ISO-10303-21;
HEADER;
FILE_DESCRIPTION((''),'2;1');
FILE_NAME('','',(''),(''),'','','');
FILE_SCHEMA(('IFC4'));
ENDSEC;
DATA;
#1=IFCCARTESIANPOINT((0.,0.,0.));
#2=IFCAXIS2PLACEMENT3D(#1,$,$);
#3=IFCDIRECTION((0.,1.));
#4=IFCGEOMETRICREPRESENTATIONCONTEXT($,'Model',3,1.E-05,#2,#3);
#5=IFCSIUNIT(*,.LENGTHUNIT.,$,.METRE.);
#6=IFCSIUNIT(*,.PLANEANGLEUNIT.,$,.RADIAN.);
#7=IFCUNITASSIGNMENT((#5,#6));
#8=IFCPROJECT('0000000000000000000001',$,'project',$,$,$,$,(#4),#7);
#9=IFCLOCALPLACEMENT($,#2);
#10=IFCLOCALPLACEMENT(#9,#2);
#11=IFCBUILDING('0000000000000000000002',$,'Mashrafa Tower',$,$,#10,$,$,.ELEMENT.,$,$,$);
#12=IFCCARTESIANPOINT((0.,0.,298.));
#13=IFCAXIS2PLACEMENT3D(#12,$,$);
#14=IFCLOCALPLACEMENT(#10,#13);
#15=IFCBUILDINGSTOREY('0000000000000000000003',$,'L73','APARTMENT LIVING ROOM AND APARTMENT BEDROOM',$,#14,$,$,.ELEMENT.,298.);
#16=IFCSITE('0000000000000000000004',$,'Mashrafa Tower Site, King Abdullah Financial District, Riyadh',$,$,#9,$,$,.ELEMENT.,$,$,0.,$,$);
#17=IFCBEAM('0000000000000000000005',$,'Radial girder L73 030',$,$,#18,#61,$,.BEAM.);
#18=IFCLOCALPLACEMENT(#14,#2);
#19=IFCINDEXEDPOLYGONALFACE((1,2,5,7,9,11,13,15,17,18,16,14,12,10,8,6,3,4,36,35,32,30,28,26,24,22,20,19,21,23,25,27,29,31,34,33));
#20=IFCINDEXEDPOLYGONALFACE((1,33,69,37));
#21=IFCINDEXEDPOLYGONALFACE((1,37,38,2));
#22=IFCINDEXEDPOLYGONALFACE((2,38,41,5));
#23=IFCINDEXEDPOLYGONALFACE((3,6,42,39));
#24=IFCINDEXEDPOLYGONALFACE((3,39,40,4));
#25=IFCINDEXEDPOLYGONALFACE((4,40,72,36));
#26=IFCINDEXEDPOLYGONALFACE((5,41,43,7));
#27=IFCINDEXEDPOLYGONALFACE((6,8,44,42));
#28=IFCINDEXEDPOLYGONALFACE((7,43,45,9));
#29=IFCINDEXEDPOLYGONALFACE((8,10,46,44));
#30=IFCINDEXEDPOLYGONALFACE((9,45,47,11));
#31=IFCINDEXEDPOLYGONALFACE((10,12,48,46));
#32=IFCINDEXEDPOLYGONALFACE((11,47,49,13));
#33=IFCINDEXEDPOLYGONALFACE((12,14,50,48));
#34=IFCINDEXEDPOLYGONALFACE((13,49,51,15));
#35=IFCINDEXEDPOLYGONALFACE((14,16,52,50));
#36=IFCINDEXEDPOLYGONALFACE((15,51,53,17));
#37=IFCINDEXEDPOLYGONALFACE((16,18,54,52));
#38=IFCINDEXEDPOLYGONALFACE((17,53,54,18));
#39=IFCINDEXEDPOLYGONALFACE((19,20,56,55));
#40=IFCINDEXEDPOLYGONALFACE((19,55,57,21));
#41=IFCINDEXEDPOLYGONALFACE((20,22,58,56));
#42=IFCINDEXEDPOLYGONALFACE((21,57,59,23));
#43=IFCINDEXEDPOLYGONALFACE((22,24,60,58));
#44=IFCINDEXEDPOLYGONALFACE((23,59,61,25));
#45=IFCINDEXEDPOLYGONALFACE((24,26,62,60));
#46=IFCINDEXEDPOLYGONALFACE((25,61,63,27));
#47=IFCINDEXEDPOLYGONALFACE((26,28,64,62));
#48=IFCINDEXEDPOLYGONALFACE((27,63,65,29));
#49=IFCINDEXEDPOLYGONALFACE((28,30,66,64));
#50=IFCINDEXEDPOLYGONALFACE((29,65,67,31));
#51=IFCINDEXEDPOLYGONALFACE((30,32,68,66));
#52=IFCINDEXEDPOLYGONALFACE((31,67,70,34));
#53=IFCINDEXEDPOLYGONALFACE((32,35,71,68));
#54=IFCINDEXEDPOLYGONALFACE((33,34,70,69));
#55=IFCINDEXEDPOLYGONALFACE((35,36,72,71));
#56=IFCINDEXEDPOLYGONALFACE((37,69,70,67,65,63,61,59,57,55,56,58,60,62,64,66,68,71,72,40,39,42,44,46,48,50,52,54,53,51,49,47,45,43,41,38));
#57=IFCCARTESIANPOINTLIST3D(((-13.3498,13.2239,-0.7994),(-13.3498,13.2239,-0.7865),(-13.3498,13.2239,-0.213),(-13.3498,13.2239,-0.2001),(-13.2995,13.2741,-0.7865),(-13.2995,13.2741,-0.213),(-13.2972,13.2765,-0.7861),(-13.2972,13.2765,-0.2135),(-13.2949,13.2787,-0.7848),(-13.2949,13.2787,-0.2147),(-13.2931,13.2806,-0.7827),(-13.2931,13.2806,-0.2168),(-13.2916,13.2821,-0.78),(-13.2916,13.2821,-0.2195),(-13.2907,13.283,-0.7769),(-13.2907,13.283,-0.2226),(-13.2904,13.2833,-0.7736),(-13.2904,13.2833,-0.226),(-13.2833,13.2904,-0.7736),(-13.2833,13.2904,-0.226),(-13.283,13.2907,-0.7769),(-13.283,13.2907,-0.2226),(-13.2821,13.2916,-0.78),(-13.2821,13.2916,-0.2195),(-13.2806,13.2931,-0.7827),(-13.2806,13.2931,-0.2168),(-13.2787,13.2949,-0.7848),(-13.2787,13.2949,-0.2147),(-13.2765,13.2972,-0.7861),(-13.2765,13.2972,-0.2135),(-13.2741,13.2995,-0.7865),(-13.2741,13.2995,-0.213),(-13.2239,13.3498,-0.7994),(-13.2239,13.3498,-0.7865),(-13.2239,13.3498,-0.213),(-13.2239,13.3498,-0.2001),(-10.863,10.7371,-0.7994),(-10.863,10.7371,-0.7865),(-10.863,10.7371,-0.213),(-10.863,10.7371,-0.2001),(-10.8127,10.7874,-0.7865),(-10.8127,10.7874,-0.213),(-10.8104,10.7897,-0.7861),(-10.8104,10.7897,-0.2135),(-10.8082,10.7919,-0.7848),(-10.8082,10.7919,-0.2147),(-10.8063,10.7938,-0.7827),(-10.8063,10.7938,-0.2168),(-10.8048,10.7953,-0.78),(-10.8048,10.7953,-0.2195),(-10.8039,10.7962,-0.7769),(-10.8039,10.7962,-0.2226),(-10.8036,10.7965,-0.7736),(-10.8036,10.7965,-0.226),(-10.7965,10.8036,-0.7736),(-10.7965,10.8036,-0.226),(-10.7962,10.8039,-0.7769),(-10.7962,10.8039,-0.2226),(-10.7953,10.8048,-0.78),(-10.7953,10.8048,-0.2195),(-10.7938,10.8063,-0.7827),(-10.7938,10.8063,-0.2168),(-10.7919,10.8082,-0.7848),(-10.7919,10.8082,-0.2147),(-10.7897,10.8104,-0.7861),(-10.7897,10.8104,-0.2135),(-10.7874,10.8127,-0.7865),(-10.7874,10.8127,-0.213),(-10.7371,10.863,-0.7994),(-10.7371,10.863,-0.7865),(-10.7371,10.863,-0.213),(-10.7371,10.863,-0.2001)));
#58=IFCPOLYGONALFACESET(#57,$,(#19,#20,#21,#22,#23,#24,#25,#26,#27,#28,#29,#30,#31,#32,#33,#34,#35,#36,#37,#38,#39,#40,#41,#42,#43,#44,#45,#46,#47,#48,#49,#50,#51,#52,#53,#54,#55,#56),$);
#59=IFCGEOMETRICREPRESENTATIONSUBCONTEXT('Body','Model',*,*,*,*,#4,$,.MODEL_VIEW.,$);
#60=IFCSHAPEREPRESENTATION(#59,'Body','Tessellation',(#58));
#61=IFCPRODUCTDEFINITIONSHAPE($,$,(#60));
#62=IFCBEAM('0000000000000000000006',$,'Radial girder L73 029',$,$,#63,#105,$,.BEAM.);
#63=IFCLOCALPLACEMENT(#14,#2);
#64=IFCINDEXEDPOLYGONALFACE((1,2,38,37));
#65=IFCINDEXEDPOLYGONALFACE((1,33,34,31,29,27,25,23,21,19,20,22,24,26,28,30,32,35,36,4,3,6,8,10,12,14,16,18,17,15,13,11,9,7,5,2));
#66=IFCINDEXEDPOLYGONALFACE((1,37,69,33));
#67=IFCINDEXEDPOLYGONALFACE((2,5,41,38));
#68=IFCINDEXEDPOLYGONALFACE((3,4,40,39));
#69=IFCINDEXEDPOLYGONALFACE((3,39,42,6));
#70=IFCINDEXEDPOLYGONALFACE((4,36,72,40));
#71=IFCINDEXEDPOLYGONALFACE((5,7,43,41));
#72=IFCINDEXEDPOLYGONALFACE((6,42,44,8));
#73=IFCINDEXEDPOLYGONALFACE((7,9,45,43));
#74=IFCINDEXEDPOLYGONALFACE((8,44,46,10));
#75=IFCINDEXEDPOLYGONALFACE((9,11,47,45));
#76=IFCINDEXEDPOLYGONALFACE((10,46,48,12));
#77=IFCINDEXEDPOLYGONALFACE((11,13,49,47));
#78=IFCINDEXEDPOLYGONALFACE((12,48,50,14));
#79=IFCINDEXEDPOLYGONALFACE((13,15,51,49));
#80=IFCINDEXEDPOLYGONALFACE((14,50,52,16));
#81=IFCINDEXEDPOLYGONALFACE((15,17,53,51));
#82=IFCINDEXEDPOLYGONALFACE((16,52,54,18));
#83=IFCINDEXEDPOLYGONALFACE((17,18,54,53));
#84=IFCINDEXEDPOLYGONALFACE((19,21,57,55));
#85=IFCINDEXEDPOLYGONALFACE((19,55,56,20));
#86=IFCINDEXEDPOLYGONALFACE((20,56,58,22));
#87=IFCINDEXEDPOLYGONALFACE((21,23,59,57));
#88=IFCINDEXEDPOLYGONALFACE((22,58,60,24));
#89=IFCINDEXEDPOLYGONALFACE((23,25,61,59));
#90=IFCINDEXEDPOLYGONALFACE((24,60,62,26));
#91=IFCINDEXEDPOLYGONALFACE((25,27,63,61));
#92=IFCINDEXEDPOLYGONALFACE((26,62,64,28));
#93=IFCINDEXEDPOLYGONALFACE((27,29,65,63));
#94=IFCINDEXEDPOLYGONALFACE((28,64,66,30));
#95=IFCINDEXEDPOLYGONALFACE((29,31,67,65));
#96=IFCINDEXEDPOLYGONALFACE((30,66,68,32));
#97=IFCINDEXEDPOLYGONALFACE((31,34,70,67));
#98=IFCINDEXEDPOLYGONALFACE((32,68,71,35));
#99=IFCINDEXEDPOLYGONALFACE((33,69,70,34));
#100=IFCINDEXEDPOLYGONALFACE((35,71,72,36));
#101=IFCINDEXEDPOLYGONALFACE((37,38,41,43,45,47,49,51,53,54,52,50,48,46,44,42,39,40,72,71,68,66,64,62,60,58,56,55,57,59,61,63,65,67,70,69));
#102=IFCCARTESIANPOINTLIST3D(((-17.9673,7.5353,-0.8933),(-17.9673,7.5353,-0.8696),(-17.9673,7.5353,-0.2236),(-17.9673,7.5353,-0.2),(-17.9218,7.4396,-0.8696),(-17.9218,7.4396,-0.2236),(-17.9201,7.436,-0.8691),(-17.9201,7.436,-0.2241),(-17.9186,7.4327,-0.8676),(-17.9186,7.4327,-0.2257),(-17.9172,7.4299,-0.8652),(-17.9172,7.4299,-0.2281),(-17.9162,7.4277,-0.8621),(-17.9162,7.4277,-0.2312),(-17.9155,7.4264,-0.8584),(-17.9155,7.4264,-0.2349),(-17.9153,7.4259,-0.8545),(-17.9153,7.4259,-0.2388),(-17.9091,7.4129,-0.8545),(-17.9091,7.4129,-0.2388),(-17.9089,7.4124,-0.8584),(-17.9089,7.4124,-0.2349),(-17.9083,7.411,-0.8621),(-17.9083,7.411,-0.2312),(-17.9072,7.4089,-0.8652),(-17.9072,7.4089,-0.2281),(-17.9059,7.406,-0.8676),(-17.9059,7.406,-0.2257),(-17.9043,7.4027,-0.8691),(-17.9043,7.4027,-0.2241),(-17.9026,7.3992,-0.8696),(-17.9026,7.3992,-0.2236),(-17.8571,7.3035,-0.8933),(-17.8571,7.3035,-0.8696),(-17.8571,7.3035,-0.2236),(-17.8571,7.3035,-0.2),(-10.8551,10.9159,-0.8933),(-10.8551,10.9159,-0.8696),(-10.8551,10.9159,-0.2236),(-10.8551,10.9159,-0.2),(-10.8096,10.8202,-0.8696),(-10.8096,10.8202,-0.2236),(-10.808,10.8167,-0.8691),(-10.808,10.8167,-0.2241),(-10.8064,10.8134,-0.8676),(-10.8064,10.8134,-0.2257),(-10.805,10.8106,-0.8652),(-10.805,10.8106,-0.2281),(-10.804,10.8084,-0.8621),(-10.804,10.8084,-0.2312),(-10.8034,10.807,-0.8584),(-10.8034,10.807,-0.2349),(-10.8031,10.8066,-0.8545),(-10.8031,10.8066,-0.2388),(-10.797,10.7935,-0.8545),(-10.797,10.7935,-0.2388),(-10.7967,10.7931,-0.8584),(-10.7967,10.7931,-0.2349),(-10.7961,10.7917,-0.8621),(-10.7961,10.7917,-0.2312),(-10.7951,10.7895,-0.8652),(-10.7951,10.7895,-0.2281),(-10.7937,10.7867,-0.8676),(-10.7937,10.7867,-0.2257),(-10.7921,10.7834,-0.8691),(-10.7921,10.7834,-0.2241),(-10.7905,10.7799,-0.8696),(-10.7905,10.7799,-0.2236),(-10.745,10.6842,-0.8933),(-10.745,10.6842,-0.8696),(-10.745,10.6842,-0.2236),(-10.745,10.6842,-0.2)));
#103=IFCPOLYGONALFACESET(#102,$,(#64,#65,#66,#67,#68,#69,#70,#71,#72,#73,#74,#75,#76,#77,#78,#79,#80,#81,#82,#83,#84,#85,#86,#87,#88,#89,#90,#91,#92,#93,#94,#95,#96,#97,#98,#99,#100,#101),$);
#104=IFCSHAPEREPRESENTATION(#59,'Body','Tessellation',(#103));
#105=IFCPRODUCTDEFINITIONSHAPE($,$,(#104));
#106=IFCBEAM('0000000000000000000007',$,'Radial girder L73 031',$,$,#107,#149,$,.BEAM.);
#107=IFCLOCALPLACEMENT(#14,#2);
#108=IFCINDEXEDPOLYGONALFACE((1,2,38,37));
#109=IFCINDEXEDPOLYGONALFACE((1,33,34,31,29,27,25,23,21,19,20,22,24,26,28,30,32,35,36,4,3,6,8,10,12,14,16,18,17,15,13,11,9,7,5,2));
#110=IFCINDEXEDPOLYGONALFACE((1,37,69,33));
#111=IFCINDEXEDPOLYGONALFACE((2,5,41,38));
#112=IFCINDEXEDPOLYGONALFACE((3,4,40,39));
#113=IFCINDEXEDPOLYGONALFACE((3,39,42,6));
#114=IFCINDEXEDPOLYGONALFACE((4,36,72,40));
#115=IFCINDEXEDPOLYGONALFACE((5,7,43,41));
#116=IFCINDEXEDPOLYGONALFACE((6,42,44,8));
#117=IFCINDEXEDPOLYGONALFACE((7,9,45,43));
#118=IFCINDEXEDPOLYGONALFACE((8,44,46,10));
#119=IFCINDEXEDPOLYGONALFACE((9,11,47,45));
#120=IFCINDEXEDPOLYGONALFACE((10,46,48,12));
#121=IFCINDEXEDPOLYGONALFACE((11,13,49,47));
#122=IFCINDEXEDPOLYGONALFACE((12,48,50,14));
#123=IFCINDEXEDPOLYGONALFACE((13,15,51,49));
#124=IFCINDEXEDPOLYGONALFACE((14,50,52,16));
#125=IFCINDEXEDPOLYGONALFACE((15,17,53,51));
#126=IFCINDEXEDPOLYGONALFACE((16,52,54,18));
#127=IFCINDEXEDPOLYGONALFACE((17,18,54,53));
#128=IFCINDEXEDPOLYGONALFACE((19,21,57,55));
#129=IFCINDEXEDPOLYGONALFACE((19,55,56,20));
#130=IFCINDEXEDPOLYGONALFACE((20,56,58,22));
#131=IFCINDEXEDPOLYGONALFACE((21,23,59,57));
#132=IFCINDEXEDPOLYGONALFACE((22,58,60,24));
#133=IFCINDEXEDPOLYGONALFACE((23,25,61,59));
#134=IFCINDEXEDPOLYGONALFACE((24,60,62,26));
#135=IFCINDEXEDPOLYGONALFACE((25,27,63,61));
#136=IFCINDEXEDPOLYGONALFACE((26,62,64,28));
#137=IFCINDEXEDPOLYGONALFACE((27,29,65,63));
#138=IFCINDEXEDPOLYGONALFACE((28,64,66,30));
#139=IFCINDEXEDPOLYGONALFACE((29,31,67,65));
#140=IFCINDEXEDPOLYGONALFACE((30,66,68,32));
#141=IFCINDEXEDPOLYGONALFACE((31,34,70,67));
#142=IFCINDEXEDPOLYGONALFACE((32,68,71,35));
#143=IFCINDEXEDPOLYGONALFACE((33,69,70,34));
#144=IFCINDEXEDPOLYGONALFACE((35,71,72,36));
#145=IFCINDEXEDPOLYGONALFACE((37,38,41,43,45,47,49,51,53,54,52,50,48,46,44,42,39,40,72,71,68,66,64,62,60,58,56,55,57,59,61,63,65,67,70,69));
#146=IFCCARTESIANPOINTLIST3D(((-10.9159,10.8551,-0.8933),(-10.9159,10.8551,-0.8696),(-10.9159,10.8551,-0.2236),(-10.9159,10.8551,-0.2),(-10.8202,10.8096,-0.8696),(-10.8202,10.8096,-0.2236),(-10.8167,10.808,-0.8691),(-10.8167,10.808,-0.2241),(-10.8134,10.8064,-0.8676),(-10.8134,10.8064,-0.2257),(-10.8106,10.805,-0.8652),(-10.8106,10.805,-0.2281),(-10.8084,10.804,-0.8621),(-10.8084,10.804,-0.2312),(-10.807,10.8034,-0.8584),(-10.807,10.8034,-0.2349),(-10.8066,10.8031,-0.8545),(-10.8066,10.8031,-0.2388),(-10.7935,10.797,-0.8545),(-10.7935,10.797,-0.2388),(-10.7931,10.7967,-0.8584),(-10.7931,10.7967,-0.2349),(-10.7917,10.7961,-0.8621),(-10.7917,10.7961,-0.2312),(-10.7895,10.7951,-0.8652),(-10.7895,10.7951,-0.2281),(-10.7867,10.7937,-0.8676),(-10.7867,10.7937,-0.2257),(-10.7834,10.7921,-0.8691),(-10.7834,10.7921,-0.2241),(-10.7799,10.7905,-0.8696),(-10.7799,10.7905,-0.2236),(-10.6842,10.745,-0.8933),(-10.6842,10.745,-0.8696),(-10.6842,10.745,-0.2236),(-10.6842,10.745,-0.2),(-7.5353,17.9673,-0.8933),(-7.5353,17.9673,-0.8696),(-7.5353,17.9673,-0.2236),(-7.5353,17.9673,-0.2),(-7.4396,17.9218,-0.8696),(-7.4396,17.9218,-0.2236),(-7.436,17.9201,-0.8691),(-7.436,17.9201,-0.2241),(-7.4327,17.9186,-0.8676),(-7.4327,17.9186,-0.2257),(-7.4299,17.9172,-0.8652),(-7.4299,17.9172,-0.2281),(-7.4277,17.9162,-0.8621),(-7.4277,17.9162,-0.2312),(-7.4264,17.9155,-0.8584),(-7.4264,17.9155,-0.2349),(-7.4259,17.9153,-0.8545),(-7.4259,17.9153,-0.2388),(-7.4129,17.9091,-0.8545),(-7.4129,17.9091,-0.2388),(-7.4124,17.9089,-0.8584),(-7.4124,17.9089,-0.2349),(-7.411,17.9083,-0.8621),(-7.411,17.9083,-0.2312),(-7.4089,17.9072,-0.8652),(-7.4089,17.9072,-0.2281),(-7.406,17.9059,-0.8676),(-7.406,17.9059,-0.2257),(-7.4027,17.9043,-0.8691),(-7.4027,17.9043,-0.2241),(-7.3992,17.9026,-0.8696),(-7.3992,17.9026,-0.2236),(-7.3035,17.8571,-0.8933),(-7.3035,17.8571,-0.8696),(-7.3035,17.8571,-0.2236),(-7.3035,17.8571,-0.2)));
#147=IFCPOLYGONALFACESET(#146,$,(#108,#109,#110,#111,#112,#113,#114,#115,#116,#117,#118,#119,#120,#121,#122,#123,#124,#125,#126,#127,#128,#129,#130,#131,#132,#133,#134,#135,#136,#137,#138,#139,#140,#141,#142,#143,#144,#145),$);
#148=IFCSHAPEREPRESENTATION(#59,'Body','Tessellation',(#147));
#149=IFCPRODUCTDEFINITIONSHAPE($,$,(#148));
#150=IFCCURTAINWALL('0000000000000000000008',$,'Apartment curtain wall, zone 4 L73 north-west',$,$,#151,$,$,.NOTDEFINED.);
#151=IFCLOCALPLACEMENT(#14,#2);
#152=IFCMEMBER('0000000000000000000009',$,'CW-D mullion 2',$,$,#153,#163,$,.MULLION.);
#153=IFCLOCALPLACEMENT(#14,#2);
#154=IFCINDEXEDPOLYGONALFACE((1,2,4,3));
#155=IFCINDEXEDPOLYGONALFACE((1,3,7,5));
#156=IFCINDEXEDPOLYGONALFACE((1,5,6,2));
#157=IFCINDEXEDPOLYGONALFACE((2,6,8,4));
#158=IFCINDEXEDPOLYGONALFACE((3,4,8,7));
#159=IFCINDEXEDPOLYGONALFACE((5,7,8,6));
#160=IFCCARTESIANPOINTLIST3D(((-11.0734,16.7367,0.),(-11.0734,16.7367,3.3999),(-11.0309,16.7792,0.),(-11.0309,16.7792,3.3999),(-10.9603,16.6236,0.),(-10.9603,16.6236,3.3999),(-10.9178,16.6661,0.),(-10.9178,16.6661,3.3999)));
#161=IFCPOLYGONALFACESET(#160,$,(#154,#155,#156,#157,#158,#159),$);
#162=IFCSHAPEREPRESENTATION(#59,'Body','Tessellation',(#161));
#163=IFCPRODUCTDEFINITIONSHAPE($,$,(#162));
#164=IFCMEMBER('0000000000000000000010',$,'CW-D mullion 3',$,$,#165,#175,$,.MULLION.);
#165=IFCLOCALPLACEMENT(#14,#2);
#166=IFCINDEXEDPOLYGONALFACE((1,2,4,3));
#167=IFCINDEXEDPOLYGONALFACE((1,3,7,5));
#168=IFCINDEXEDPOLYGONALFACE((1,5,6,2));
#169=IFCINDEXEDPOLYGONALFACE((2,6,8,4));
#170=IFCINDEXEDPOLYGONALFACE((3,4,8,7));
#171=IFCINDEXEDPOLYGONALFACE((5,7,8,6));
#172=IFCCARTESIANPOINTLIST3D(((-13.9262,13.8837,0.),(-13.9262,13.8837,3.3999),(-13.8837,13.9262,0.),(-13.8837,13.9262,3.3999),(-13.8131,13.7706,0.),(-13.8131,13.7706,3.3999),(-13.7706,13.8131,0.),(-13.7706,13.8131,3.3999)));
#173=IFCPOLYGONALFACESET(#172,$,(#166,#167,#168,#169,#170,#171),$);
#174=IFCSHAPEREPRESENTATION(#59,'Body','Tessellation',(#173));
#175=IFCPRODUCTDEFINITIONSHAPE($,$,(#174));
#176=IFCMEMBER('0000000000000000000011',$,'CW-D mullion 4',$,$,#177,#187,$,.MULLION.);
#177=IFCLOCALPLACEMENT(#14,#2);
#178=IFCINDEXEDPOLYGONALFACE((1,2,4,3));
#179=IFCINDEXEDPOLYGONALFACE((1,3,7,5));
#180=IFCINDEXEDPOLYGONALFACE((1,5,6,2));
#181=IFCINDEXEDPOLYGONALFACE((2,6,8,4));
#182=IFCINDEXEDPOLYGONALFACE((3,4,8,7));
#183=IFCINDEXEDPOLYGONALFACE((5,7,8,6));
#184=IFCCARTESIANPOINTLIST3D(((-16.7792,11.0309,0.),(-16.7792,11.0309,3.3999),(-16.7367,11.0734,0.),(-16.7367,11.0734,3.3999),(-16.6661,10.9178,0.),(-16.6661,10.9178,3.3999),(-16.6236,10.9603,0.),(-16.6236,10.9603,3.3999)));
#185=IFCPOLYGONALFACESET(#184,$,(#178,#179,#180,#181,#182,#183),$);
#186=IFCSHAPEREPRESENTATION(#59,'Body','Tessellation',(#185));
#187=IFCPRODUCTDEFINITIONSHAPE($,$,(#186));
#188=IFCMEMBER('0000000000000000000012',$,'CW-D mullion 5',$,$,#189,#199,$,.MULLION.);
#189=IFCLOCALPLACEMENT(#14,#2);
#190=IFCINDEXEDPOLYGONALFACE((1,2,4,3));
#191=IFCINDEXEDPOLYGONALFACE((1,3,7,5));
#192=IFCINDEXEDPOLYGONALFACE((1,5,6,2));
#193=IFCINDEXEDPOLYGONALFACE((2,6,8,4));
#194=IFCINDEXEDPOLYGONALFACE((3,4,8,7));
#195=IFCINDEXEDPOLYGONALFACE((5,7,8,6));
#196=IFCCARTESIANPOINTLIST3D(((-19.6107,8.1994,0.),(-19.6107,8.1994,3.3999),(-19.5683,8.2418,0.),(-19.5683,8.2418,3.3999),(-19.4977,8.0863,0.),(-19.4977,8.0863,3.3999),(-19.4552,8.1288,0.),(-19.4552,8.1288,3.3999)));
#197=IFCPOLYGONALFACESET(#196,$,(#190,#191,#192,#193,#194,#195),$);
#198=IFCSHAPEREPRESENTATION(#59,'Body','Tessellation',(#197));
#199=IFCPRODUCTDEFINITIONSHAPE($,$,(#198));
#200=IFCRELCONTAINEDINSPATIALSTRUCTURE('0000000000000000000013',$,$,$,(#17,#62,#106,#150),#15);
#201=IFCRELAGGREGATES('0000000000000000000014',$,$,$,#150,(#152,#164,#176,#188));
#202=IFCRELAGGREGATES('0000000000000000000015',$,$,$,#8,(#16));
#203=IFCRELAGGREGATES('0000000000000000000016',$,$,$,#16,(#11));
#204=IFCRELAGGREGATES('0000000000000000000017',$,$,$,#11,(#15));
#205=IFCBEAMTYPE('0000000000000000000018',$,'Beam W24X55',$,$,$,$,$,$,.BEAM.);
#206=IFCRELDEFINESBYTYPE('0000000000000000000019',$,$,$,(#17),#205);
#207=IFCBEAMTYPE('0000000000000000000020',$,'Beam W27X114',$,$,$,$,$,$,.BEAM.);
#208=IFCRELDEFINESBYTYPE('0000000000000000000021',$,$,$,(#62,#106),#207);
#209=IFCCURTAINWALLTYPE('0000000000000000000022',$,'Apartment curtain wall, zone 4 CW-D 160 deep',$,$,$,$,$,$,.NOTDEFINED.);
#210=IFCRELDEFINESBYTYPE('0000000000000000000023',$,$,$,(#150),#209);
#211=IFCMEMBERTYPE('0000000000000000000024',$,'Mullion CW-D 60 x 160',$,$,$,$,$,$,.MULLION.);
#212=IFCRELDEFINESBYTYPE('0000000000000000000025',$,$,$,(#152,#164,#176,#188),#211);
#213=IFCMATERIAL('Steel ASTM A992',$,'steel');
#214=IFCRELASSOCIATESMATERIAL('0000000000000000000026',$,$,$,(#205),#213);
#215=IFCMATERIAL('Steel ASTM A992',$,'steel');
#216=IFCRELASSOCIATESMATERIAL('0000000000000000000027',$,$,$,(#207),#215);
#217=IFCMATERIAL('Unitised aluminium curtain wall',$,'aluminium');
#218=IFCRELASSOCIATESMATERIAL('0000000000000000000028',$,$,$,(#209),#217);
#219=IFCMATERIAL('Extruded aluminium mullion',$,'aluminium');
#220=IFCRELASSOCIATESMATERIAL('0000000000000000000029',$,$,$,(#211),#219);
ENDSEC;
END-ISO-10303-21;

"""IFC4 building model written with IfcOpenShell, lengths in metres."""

from ifc_helpers import new_model, si_unit, direction, frame, origin, origin_2d, place, context, subcontext, project, spatial, rectangle, i_section, extrude, source, transform, mapped, material, material_profile, profile_set, type_object, type_shapes, element, aggregate, save


model = new_model("IFC4")

# Units and contexts
model_context = context("Model", 3, precision=1e-05, world=origin(), true_north=direction((0.0, 1.0)))
body_context = subcontext(model_context, "Body", "Model", "MODEL_VIEW")
ifc_project = project(units=[si_unit("LENGTHUNIT", "METRE"), si_unit("PLANEANGLEUNIT", "RADIAN")], contexts=[model_context])

# Site, building, storey
site_placement = place(None, origin())
site = spatial("IfcSite", under=ifc_project, at=site_placement, Name="Mashrafa Tower Site, King Abdullah Financial District, Riyadh", CompositionType="ELEMENT", RefElevation=0.0)
building_placement = place(site_placement, origin())
building = spatial("IfcBuilding", under=site, at=building_placement, Name="Mashrafa Tower", CompositionType="ELEMENT")
storey_placement = place(building_placement, frame((0.0, 0.0, 298.0)))
storey = spatial("IfcBuildingStorey", under=building, at=storey_placement, Name="L73", Description="APARTMENT LIVING ROOM AND APARTMENT BEDROOM", CompositionType="ELEMENT", Elevation=298.0)

# Beams
ifc_material_1 = material(Name="Steel ASTM A992", Category="steel")
ifc_material_profile_1 = material_profile(ifc_material_1, i_section(OverallWidth=0.178, OverallDepth=0.5994, WebThickness=0.01, FlangeThickness=0.0129, FilletRadius=0.0129, at=origin_2d()), Name="W24X55")
ifc_profile_set_1 = profile_set([ifc_material_profile_1], Name="Steel ASTM A992")
beam_type_1 = type_object("IfcBeamType", Name="Beam W24X55", PredefinedType="BEAM", material=ifc_profile_set_1)
beam_1_placement = place(storey_placement, frame((-10.8, 10.8, -0.4998), z_axis=(-0.707107, 0.707107, 0.0), x_axis=(-0.707107, -0.707107, 0.0)))
element("IfcBeam", 1, at=beam_1_placement, inside=storey, type_object=beam_type_1, Name="Radial girder L73 030", PredefinedType="BEAM", context=body_context, shape_type="SweptSolid", body=[
    extrude(i_section(OverallWidth=0.178, OverallDepth=0.5994, WebThickness=0.01, FlangeThickness=0.0129, FilletRadius=0.0129, at=origin_2d()), origin(), (0.0, 0.0, 1.0), 3.5168),
])
ifc_material_2 = material(Name="Steel ASTM A992", Category="steel")
ifc_material_profile_2 = material_profile(ifc_material_2, i_section(OverallWidth=0.2566, OverallDepth=0.6934, WebThickness=0.0144, FlangeThickness=0.0237, FilletRadius=0.0151, at=origin_2d()), Name="W27X114")
ifc_profile_set_2 = profile_set([ifc_material_profile_2], Name="Steel ASTM A992")
beam_type_2 = type_object("IfcBeamType", Name="Beam W27X114", PredefinedType="BEAM", material=ifc_profile_set_2)
for number, where, z_axis, x_axis, name in (
    (2, (-10.8, 10.8, -0.5466), (-0.90316, -0.429304, 0.0), (0.429304, -0.90316, 0.0), "Radial girder L73 029"),
    (3, (-10.8, 10.8, -0.5466), (0.429304, 0.90316, 0.0), (-0.90316, 0.429304, 0.0), "Radial girder L73 031"),
):
    element("IfcBeam", number, at=place(storey_placement, frame(where, z_axis=z_axis, x_axis=x_axis)), inside=storey, type_object=beam_type_2, Name=name, PredefinedType="BEAM", context=body_context, shape_type="SweptSolid", body=[
        extrude(i_section(OverallWidth=0.2566, OverallDepth=0.6934, WebThickness=0.0144, FlangeThickness=0.0237, FilletRadius=0.0151, at=origin_2d()), origin(), (0.0, 0.0, 1.0), 7.8748),
    ])

# Curtain wall, members
ifc_material_3 = material(Name="Unitised aluminium curtain wall", Category="aluminium")
curtain_wall_type = type_object("IfcCurtainWallType", Name="Apartment curtain wall, zone 4 CW-D 160 deep", PredefinedType="NOTDEFINED", material=ifc_material_3)
curtain_wall_placement = place(storey_placement, origin())
curtain_wall = element("IfcCurtainWall", 4, at=curtain_wall_placement, inside=storey, type_object=curtain_wall_type, Name="Apartment curtain wall, zone 4 L73 north-west", PredefinedType="NOTDEFINED")
ifc_material_4 = material(Name="Extruded aluminium mullion", Category="aluminium")
ifc_material_profile_3 = material_profile(ifc_material_4, rectangle(XDim=0.1599, YDim=0.0601, at=origin_2d()), Name="Mullion 60x160")
ifc_profile_set_3 = profile_set([ifc_material_profile_3], Name="Extruded aluminium mullion")
member_type_1 = type_object("IfcMemberType", Name="Mullion CW-D 60 x 160", PredefinedType="MULLION", material=ifc_profile_set_3)
shared_shape_1 = source(origin(), body_context, "Body", "SweptSolid", [
    extrude(rectangle(XDim=0.1599, YDim=0.0601, at=origin_2d()), origin(), (0.0, 0.0, 1.0), 3.3999),
])
type_shapes(member_type_1, [shared_shape_1])
member_1_placement = place(storey_placement, frame((-10.9956, 16.7014, 0.0), z_axis=(0.0, 0.0, 1.0), x_axis=(0.707107, -0.707107, 0.0)))
member_1 = element("IfcMember", 5, at=member_1_placement, type_object=member_type_1, Name="CW-D mullion 2", PredefinedType="MULLION", context=body_context, shape_type="MappedRepresentation", body=[
    mapped(shared_shape_1, transform((0.0, 0.0, 0.0))),
])
member_2_placement = place(storey_placement, frame((-13.8484, 13.8484, 0.0), z_axis=(0.0, 0.0, 1.0), x_axis=(0.707107, -0.707107, 0.0)))
member_2 = element("IfcMember", 6, at=member_2_placement, type_object=member_type_1, Name="CW-D mullion 3", PredefinedType="MULLION", context=body_context, shape_type="MappedRepresentation", body=[
    mapped(shared_shape_1, transform((0.0, 0.0, 0.0))),
])
member_3_placement = place(storey_placement, frame((-16.7014, 10.9956, 0.0), z_axis=(0.0, 0.0, 1.0), x_axis=(0.707107, -0.707107, 0.0)))
member_3 = element("IfcMember", 7, at=member_3_placement, type_object=member_type_1, Name="CW-D mullion 4", PredefinedType="MULLION", context=body_context, shape_type="MappedRepresentation", body=[
    mapped(shared_shape_1, transform((0.0, 0.0, 0.0))),
])
member_4_placement = place(storey_placement, frame((-19.533, 8.1641, 0.0), z_axis=(0.0, 0.0, 1.0), x_axis=(0.707107, -0.707107, 0.0)))
member_4 = element("IfcMember", 8, at=member_4_placement, type_object=member_type_1, Name="CW-D mullion 5", PredefinedType="MULLION", context=body_context, shape_type="MappedRepresentation", body=[
    mapped(shared_shape_1, transform((0.0, 0.0, 0.0))),
])
aggregate(curtain_wall, [member_1, member_2, member_3, member_4])

save(model, "model.ifc")
